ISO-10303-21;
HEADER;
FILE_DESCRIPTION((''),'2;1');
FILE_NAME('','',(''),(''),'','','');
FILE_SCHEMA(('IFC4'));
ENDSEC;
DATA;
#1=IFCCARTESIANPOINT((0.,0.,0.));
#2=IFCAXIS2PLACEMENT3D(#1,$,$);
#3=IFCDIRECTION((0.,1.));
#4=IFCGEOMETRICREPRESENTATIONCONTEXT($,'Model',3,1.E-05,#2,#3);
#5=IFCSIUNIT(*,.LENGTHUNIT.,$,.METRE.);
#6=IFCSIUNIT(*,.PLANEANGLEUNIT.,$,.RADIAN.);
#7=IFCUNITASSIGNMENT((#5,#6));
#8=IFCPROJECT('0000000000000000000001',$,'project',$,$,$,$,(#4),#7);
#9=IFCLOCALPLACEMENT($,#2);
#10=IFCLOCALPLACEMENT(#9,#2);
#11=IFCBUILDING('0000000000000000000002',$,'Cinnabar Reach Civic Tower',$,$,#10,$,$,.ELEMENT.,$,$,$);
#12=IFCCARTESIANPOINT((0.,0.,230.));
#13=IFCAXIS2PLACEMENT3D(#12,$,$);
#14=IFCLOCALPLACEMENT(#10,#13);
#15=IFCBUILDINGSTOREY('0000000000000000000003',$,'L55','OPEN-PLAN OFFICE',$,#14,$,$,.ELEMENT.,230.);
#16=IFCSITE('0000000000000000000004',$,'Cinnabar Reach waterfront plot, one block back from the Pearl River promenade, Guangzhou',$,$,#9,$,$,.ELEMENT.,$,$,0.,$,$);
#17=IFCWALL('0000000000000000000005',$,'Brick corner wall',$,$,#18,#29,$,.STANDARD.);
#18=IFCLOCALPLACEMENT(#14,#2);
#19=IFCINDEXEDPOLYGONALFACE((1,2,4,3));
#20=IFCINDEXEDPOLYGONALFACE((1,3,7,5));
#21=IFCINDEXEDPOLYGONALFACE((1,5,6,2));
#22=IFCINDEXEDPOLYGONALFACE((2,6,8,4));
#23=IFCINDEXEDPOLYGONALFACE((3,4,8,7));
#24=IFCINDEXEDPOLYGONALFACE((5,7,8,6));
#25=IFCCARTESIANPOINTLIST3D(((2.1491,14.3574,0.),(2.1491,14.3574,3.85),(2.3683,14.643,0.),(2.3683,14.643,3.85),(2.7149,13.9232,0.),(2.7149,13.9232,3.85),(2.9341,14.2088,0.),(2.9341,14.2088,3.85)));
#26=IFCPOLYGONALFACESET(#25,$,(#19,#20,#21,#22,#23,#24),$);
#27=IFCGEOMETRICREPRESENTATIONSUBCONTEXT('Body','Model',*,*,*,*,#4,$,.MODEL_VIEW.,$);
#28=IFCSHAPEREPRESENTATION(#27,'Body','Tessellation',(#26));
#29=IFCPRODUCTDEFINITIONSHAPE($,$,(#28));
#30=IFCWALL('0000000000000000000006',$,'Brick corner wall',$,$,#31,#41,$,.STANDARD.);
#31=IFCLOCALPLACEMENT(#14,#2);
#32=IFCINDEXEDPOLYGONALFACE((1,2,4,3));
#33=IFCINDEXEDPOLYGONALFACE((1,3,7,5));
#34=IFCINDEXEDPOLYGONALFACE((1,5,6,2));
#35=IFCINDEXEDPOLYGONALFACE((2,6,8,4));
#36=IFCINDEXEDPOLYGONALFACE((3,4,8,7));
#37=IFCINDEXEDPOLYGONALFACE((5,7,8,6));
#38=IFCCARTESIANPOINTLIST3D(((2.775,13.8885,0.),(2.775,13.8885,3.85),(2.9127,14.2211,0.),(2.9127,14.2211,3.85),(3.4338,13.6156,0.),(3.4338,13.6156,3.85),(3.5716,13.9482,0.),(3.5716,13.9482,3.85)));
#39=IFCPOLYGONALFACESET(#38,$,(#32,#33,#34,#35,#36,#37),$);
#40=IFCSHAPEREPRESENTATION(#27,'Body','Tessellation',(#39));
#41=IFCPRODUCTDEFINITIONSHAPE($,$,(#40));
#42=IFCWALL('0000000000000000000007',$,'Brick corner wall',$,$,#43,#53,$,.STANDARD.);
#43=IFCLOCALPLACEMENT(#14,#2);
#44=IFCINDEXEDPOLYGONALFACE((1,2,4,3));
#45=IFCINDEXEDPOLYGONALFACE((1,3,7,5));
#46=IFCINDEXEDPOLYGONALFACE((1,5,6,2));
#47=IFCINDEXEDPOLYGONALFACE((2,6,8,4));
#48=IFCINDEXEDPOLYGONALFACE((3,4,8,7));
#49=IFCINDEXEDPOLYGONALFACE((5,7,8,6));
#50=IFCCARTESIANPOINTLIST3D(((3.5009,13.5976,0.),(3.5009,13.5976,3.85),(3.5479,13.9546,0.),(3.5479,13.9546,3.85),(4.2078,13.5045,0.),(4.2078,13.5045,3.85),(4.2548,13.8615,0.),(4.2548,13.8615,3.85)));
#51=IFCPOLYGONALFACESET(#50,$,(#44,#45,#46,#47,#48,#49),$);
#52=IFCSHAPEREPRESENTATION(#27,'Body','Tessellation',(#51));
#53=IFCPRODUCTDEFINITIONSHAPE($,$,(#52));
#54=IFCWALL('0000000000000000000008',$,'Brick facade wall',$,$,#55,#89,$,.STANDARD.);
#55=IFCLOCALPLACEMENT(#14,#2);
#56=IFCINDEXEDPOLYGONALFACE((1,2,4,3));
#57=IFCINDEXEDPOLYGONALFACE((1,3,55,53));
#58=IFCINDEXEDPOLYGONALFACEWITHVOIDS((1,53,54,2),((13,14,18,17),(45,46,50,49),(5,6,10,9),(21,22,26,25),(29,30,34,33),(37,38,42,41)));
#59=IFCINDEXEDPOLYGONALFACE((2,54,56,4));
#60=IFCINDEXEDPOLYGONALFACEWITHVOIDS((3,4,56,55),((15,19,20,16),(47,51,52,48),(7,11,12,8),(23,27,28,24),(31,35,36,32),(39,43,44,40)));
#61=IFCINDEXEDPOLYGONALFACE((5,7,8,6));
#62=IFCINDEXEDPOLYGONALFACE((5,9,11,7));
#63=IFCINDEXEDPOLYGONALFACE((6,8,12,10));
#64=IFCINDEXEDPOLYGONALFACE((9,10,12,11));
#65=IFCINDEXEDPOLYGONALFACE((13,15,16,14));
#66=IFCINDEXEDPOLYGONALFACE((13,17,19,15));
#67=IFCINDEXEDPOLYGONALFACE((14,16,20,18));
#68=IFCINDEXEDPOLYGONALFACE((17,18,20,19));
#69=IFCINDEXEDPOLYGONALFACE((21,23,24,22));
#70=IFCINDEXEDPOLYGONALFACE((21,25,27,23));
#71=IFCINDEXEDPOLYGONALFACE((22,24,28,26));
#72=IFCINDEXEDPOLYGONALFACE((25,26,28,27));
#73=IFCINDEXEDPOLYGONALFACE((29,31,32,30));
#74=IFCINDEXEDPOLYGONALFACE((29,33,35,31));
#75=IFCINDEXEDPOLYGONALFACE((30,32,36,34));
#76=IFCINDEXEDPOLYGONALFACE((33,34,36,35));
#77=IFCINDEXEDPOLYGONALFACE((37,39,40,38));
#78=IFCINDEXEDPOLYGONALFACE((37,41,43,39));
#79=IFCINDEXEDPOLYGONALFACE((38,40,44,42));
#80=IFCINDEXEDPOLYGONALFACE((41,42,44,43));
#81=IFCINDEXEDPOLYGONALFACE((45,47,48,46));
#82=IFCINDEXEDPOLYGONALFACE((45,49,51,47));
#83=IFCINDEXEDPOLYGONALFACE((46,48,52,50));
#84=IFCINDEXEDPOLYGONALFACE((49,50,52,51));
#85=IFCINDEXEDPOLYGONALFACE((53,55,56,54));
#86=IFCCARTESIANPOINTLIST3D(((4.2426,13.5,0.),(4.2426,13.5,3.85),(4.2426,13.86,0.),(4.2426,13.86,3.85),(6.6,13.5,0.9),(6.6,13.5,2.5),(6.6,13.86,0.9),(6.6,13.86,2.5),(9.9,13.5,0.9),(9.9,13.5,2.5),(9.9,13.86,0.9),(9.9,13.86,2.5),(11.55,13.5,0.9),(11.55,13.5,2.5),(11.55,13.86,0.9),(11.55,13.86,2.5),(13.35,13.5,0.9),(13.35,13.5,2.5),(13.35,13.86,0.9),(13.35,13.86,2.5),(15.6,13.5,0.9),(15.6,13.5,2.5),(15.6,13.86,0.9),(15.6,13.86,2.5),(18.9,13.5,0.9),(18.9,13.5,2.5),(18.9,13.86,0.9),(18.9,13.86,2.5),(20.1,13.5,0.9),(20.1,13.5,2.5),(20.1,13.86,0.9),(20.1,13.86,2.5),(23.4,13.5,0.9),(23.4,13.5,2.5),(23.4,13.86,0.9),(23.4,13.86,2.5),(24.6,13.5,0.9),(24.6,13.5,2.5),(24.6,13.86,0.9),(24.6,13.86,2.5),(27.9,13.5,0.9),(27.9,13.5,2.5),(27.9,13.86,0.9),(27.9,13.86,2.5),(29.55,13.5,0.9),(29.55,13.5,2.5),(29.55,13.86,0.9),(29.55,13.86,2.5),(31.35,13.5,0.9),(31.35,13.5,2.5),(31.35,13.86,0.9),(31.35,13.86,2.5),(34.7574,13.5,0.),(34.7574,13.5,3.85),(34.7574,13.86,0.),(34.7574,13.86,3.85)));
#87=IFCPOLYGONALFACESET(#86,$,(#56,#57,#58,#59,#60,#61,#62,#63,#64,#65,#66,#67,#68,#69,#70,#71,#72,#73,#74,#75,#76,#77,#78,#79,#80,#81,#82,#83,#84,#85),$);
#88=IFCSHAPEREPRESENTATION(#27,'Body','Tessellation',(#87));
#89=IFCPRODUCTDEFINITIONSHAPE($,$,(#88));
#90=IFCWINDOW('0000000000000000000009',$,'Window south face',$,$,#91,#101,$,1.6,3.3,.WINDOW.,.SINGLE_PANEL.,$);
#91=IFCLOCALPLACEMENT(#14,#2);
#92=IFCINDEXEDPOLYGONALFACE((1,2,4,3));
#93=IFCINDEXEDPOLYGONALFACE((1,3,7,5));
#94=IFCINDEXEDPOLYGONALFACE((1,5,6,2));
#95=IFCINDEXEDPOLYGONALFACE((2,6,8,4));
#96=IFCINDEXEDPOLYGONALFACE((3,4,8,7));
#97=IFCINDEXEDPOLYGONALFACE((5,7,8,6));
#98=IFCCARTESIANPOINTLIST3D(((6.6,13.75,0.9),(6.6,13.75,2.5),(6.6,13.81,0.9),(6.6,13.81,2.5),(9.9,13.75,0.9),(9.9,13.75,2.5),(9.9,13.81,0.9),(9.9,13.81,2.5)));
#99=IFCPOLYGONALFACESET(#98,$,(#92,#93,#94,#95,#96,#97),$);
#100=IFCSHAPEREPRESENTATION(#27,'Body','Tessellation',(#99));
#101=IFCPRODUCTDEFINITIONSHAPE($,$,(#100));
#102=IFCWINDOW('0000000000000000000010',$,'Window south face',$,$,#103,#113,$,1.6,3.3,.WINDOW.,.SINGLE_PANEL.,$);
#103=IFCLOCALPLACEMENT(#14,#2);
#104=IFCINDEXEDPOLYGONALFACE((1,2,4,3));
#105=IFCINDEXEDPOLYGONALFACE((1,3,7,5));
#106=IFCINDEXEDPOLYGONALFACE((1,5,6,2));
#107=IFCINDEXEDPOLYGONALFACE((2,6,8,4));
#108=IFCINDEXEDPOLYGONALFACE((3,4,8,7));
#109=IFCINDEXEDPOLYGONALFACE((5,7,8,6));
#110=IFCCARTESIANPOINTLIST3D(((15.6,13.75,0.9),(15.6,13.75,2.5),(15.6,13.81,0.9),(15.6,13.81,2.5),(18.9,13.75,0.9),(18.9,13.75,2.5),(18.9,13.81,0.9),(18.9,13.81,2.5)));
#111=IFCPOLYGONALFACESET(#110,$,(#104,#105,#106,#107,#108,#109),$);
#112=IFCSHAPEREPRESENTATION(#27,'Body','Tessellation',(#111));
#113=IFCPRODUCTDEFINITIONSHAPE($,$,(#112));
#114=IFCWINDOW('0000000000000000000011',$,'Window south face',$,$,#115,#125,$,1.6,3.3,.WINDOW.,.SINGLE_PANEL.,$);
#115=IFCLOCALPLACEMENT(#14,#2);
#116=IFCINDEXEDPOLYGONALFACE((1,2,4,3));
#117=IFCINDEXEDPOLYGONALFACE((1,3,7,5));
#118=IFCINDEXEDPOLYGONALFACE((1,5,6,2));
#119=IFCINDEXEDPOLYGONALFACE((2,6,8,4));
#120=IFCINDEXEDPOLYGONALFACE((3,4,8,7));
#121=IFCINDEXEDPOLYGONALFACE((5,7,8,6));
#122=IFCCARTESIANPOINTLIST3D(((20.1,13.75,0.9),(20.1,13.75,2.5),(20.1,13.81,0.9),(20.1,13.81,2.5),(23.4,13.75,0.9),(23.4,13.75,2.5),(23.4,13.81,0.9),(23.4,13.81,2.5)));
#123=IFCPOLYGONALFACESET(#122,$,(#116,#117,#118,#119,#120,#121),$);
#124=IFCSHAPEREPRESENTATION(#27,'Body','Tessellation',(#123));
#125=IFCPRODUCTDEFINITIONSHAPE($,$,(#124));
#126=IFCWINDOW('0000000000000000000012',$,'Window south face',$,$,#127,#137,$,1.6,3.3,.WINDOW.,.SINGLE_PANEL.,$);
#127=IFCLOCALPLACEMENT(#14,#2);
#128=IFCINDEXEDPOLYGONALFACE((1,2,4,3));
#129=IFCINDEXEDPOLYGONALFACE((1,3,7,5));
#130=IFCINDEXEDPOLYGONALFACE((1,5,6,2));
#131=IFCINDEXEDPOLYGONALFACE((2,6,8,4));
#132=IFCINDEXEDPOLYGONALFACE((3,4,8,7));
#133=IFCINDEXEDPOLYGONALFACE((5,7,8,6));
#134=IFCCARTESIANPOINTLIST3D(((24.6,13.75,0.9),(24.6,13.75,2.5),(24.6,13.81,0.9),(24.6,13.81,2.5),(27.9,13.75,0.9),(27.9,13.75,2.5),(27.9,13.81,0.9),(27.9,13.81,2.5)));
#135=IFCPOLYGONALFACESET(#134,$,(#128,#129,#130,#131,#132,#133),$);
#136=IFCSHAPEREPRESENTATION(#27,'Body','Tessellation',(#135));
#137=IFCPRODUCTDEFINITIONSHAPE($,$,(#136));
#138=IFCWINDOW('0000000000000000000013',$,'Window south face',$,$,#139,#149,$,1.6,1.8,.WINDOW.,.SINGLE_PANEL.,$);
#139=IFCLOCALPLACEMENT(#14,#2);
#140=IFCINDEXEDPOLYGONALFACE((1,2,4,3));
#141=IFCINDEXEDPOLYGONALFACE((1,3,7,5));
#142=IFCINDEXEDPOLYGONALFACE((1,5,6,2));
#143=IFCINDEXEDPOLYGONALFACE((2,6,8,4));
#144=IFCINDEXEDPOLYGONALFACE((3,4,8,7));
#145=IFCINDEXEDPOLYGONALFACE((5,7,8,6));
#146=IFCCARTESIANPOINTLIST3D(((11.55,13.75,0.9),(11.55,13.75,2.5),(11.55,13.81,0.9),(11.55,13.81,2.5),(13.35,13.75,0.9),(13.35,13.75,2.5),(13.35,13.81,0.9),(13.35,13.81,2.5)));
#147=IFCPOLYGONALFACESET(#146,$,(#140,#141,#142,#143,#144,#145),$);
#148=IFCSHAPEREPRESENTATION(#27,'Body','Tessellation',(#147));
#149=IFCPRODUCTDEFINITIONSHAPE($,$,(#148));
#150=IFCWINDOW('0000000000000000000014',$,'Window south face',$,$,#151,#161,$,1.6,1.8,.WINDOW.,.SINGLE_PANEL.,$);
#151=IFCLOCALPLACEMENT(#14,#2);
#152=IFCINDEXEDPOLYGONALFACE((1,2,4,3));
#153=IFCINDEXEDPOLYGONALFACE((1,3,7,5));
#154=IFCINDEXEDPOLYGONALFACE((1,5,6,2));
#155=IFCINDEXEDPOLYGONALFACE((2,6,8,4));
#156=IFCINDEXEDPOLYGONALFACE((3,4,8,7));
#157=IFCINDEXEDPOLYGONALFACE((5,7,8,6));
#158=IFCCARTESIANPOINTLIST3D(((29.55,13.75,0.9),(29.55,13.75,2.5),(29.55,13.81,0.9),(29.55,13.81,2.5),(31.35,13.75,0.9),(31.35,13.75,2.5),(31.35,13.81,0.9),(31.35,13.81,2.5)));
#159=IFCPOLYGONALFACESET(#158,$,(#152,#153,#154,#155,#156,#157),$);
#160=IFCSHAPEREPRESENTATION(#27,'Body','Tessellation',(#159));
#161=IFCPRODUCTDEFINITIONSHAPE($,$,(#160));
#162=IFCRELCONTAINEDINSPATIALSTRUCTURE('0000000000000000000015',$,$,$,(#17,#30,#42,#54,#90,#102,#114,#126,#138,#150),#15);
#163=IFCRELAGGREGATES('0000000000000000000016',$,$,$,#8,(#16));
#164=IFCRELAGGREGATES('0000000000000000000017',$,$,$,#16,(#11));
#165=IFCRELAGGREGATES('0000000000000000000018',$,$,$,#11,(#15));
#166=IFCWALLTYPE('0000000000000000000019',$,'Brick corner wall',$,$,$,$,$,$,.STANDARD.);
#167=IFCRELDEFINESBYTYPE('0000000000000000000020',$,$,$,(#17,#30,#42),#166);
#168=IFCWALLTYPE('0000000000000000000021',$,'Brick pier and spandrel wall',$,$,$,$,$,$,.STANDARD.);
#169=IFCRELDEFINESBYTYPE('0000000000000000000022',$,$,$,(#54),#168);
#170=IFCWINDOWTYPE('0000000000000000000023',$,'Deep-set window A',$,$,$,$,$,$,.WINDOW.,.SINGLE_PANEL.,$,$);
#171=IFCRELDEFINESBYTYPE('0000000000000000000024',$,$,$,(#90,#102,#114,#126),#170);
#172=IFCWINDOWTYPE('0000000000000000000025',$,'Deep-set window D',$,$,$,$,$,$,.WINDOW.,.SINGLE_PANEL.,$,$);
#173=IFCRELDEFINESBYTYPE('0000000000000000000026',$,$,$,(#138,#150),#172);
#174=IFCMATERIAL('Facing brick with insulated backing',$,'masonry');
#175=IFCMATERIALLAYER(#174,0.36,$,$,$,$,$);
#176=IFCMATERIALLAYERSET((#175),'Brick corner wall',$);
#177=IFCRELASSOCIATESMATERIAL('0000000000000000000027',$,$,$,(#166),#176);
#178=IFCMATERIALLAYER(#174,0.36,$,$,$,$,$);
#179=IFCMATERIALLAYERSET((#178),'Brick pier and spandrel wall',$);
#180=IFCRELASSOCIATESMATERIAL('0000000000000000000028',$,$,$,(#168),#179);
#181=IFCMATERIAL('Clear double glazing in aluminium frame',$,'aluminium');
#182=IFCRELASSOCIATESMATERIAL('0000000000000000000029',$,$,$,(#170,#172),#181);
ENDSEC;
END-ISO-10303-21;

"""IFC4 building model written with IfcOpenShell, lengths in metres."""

from ifc_helpers import new_model, si_unit, direction, frame, frame_2d, origin, place, context, subcontext, project, spatial, rectangle, extrude, material, layer, layer_set, type_object, element, fill, save


model = new_model("IFC4")

# Units and contexts
model_context = context("Model", 3, precision=1e-05, world=origin(), true_north=direction((0.0, 1.0)))
body_context = subcontext(model_context, "Body", "Model", "MODEL_VIEW")
ifc_project = project(units=[si_unit("LENGTHUNIT", "METRE"), si_unit("PLANEANGLEUNIT", "RADIAN")], contexts=[model_context])

# Site, building, storey
site_placement = place(None, origin())
site = spatial("IfcSite", under=ifc_project, at=site_placement, Name="Cinnabar Reach waterfront plot, one block back from the Pearl River promenade, Guangzhou", CompositionType="ELEMENT", RefElevation=0.0)
building_placement = place(site_placement, origin())
building = spatial("IfcBuilding", under=site, at=building_placement, Name="Cinnabar Reach Civic Tower", CompositionType="ELEMENT")
storey_placement = place(building_placement, frame((0.0, 0.0, 230.0)))
storey = spatial("IfcBuildingStorey", under=building, at=storey_placement, Name="L55", Description="OPEN-PLAN OFFICE", CompositionType="ELEMENT", Elevation=230.0)

# Walls
ifc_material_1 = material(Name="Facing brick with insulated backing", Category="masonry")
ifc_layer_1 = layer(ifc_material_1, 0.36)
ifc_layer_set_1 = layer_set([ifc_layer_1], Name="Brick corner wall")
wall_type_1 = type_object("IfcWallType", Name="Brick corner wall", PredefinedType="STANDARD", material=ifc_layer_set_1)
wall_1_placement = place(storey_placement, frame((2.2587, 14.5002, 0.0), z_axis=(0.0, 0.0, 1.0), x_axis=(0.793322, -0.608802, 0.0)))
element("IfcWall", 1, at=wall_1_placement, inside=storey, type_object=wall_type_1, Name="Brick corner wall", PredefinedType="STANDARD", context=body_context, shape_type="SweptSolid", body=[
    extrude(rectangle(XDim=0.7132, YDim=0.36, at=frame_2d((0.3566, 0.0))), origin(), (0.0, 0.0, 1.0), 3.85),
])
for number, where, z_axis, x_axis, name in (
    (2, (2.8439, 14.0548, 0.0), (0.0, 0.0, 1.0), (0.923872, -0.382703, 0.0), "Brick corner wall"),
    (3, (3.5244, 13.7761, 0.0), (0.0, 0.0, 1.0), (0.991441, -0.130556, 0.0), "Brick corner wall"),
):
    element("IfcWall", number, at=place(storey_placement, frame(where, z_axis=z_axis, x_axis=x_axis)), inside=storey, type_object=wall_type_1, Name=name, PredefinedType="STANDARD", context=body_context, shape_type="SweptSolid", body=[
        extrude(rectangle(XDim=0.7131, YDim=0.36, at=frame_2d((0.3565, 0.0))), origin(), (0.0, 0.0, 1.0), 3.85),
    ])

# Wall, openings, windows
ifc_layer_2 = layer(ifc_material_1, 0.36)
ifc_layer_set_2 = layer_set([ifc_layer_2], Name="Brick pier and spandrel wall")
wall_type_2 = type_object("IfcWallType", Name="Brick pier and spandrel wall", PredefinedType="STANDARD", material=ifc_layer_set_2)
wall_2_placement = place(storey_placement, frame((4.2426, 13.68, 0.0), z_axis=(0.0, 0.0, 1.0), x_axis=(1.0, 0.0, 0.0)))
wall_2 = element("IfcWall", 4, at=wall_2_placement, inside=storey, type_object=wall_type_2, Name="Brick facade wall", PredefinedType="STANDARD", context=body_context, shape_type="SweptSolid", body=[
    extrude(rectangle(XDim=30.5148, YDim=0.36, at=frame_2d((15.2574, 0.0))), origin(), (0.0, 0.0, 1.0), 3.85),
])
opening_1_placement = place(wall_2_placement, frame((2.3574, 0.0, 0.9)))
opening_1 = element("IfcOpeningElement", 5, at=opening_1_placement, cuts=wall_2, PredefinedType="OPENING", context=body_context, shape_type="SweptSolid", body=[
    extrude(rectangle(XDim=3.3, YDim=1.6, at=frame_2d((1.65, 0.8))), frame((0.0, 0.19, 0.0), z_axis=(0.0, -1.0, 0.0), x_axis=(1.0, 0.0, 0.0)), (0.0, 0.0, 1.0), 0.38),
])
opening_2_placement = place(wall_2_placement, frame((7.3074, 0.0, 0.9)))
opening_2 = element("IfcOpeningElement", 6, at=opening_2_placement, cuts=wall_2, PredefinedType="OPENING", context=body_context, shape_type="SweptSolid", body=[
    extrude(rectangle(XDim=1.8, YDim=1.6, at=frame_2d((0.9, 0.8))), frame((0.0, 0.19, 0.0), z_axis=(0.0, -1.0, 0.0), x_axis=(1.0, 0.0, 0.0)), (0.0, 0.0, 1.0), 0.38),
])
opening_3_placement = place(wall_2_placement, frame((11.3574, 0.0, 0.9)))
opening_3 = element("IfcOpeningElement", 7, at=opening_3_placement, cuts=wall_2, PredefinedType="OPENING", context=body_context, shape_type="SweptSolid", body=[
    extrude(rectangle(XDim=3.3, YDim=1.6, at=frame_2d((1.65, 0.8))), frame((0.0, 0.19, 0.0), z_axis=(0.0, -1.0, 0.0), x_axis=(1.0, 0.0, 0.0)), (0.0, 0.0, 1.0), 0.38),
])
opening_4_placement = place(wall_2_placement, frame((15.8574, 0.0, 0.9)))
opening_4 = element("IfcOpeningElement", 8, at=opening_4_placement, cuts=wall_2, PredefinedType="OPENING", context=body_context, shape_type="SweptSolid", body=[
    extrude(rectangle(XDim=3.3, YDim=1.6, at=frame_2d((1.65, 0.8))), frame((0.0, 0.19, 0.0), z_axis=(0.0, -1.0, 0.0), x_axis=(1.0, 0.0, 0.0)), (0.0, 0.0, 1.0), 0.38),
])
opening_5_placement = place(wall_2_placement, frame((20.3574, 0.0, 0.9)))
opening_5 = element("IfcOpeningElement", 9, at=opening_5_placement, cuts=wall_2, PredefinedType="OPENING", context=body_context, shape_type="SweptSolid", body=[
    extrude(rectangle(XDim=3.3, YDim=1.6, at=frame_2d((1.65, 0.8))), frame((0.0, 0.19, 0.0), z_axis=(0.0, -1.0, 0.0), x_axis=(1.0, 0.0, 0.0)), (0.0, 0.0, 1.0), 0.38),
])
opening_6_placement = place(wall_2_placement, frame((25.3074, 0.0, 0.9)))
opening_6 = element("IfcOpeningElement", 10, at=opening_6_placement, cuts=wall_2, PredefinedType="OPENING", context=body_context, shape_type="SweptSolid", body=[
    extrude(rectangle(XDim=1.8, YDim=1.6, at=frame_2d((0.9, 0.8))), frame((0.0, 0.19, 0.0), z_axis=(0.0, -1.0, 0.0), x_axis=(1.0, 0.0, 0.0)), (0.0, 0.0, 1.0), 0.38),
])
ifc_material_2 = material(Name="Clear double glazing in aluminium frame", Category="aluminium")
window_type_1 = type_object("IfcWindowType", Name="Deep-set window A", PartitioningType="SINGLE_PANEL", PredefinedType="WINDOW", material=ifc_material_2)
window_1_placement = place(opening_1_placement, origin())
window_1 = element("IfcWindow", 11, at=window_1_placement, inside=storey, type_object=window_type_1, Name="Window south face", OverallHeight=1.6, OverallWidth=3.3, PartitioningType="SINGLE_PANEL", PredefinedType="WINDOW", context=body_context, shape_type="SweptSolid", body=[
    extrude(rectangle(XDim=3.3, YDim=1.6, at=frame_2d((1.65, 0.8))), frame((0.0, 0.13, 0.0), z_axis=(0.0, -1.0, 0.0), x_axis=(1.0, 0.0, 0.0)), (0.0, 0.0, 1.0), 0.06),
])
fill(opening_1, window_1)
window_2_placement = place(opening_3_placement, origin())
window_2 = element("IfcWindow", 12, at=window_2_placement, inside=storey, type_object=window_type_1, Name="Window south face", OverallHeight=1.6, OverallWidth=3.3, PartitioningType="SINGLE_PANEL", PredefinedType="WINDOW", context=body_context, shape_type="SweptSolid", body=[
    extrude(rectangle(XDim=3.3, YDim=1.6, at=frame_2d((1.65, 0.8))), frame((0.0, 0.13, 0.0), z_axis=(0.0, -1.0, 0.0), x_axis=(1.0, 0.0, 0.0)), (0.0, 0.0, 1.0), 0.06),
])
fill(opening_3, window_2)
window_3_placement = place(opening_4_placement, origin())
window_3 = element("IfcWindow", 13, at=window_3_placement, inside=storey, type_object=window_type_1, Name="Window south face", OverallHeight=1.6, OverallWidth=3.3, PartitioningType="SINGLE_PANEL", PredefinedType="WINDOW", context=body_context, shape_type="SweptSolid", body=[
    extrude(rectangle(XDim=3.3, YDim=1.6, at=frame_2d((1.65, 0.8))), frame((0.0, 0.13, 0.0), z_axis=(0.0, -1.0, 0.0), x_axis=(1.0, 0.0, 0.0)), (0.0, 0.0, 1.0), 0.06),
])
fill(opening_4, window_3)
window_4_placement = place(opening_5_placement, origin())
window_4 = element("IfcWindow", 14, at=window_4_placement, inside=storey, type_object=window_type_1, Name="Window south face", OverallHeight=1.6, OverallWidth=3.3, PartitioningType="SINGLE_PANEL", PredefinedType="WINDOW", context=body_context, shape_type="SweptSolid", body=[
    extrude(rectangle(XDim=3.3, YDim=1.6, at=frame_2d((1.65, 0.8))), frame((0.0, 0.13, 0.0), z_axis=(0.0, -1.0, 0.0), x_axis=(1.0, 0.0, 0.0)), (0.0, 0.0, 1.0), 0.06),
])
fill(opening_5, window_4)
window_type_2 = type_object("IfcWindowType", Name="Deep-set window D", PartitioningType="SINGLE_PANEL", PredefinedType="WINDOW", material=ifc_material_2)
window_5_placement = place(opening_2_placement, origin())
window_5 = element("IfcWindow", 15, at=window_5_placement, inside=storey, type_object=window_type_2, Name="Window south face", OverallHeight=1.6, OverallWidth=1.8, PartitioningType="SINGLE_PANEL", PredefinedType="WINDOW", context=body_context, shape_type="SweptSolid", body=[
    extrude(rectangle(XDim=1.8, YDim=1.6, at=frame_2d((0.9, 0.8))), frame((0.0, 0.13, 0.0), z_axis=(0.0, -1.0, 0.0), x_axis=(1.0, 0.0, 0.0)), (0.0, 0.0, 1.0), 0.06),
])
fill(opening_2, window_5)
window_6_placement = place(opening_6_placement, origin())
window_6 = element("IfcWindow", 16, at=window_6_placement, inside=storey, type_object=window_type_2, Name="Window south face", OverallHeight=1.6, OverallWidth=1.8, PartitioningType="SINGLE_PANEL", PredefinedType="WINDOW", context=body_context, shape_type="SweptSolid", body=[
    extrude(rectangle(XDim=1.8, YDim=1.6, at=frame_2d((0.9, 0.8))), frame((0.0, 0.13, 0.0), z_axis=(0.0, -1.0, 0.0), x_axis=(1.0, 0.0, 0.0)), (0.0, 0.0, 1.0), 0.06),
])
fill(opening_6, window_6)

save(model, "model.ifc")
